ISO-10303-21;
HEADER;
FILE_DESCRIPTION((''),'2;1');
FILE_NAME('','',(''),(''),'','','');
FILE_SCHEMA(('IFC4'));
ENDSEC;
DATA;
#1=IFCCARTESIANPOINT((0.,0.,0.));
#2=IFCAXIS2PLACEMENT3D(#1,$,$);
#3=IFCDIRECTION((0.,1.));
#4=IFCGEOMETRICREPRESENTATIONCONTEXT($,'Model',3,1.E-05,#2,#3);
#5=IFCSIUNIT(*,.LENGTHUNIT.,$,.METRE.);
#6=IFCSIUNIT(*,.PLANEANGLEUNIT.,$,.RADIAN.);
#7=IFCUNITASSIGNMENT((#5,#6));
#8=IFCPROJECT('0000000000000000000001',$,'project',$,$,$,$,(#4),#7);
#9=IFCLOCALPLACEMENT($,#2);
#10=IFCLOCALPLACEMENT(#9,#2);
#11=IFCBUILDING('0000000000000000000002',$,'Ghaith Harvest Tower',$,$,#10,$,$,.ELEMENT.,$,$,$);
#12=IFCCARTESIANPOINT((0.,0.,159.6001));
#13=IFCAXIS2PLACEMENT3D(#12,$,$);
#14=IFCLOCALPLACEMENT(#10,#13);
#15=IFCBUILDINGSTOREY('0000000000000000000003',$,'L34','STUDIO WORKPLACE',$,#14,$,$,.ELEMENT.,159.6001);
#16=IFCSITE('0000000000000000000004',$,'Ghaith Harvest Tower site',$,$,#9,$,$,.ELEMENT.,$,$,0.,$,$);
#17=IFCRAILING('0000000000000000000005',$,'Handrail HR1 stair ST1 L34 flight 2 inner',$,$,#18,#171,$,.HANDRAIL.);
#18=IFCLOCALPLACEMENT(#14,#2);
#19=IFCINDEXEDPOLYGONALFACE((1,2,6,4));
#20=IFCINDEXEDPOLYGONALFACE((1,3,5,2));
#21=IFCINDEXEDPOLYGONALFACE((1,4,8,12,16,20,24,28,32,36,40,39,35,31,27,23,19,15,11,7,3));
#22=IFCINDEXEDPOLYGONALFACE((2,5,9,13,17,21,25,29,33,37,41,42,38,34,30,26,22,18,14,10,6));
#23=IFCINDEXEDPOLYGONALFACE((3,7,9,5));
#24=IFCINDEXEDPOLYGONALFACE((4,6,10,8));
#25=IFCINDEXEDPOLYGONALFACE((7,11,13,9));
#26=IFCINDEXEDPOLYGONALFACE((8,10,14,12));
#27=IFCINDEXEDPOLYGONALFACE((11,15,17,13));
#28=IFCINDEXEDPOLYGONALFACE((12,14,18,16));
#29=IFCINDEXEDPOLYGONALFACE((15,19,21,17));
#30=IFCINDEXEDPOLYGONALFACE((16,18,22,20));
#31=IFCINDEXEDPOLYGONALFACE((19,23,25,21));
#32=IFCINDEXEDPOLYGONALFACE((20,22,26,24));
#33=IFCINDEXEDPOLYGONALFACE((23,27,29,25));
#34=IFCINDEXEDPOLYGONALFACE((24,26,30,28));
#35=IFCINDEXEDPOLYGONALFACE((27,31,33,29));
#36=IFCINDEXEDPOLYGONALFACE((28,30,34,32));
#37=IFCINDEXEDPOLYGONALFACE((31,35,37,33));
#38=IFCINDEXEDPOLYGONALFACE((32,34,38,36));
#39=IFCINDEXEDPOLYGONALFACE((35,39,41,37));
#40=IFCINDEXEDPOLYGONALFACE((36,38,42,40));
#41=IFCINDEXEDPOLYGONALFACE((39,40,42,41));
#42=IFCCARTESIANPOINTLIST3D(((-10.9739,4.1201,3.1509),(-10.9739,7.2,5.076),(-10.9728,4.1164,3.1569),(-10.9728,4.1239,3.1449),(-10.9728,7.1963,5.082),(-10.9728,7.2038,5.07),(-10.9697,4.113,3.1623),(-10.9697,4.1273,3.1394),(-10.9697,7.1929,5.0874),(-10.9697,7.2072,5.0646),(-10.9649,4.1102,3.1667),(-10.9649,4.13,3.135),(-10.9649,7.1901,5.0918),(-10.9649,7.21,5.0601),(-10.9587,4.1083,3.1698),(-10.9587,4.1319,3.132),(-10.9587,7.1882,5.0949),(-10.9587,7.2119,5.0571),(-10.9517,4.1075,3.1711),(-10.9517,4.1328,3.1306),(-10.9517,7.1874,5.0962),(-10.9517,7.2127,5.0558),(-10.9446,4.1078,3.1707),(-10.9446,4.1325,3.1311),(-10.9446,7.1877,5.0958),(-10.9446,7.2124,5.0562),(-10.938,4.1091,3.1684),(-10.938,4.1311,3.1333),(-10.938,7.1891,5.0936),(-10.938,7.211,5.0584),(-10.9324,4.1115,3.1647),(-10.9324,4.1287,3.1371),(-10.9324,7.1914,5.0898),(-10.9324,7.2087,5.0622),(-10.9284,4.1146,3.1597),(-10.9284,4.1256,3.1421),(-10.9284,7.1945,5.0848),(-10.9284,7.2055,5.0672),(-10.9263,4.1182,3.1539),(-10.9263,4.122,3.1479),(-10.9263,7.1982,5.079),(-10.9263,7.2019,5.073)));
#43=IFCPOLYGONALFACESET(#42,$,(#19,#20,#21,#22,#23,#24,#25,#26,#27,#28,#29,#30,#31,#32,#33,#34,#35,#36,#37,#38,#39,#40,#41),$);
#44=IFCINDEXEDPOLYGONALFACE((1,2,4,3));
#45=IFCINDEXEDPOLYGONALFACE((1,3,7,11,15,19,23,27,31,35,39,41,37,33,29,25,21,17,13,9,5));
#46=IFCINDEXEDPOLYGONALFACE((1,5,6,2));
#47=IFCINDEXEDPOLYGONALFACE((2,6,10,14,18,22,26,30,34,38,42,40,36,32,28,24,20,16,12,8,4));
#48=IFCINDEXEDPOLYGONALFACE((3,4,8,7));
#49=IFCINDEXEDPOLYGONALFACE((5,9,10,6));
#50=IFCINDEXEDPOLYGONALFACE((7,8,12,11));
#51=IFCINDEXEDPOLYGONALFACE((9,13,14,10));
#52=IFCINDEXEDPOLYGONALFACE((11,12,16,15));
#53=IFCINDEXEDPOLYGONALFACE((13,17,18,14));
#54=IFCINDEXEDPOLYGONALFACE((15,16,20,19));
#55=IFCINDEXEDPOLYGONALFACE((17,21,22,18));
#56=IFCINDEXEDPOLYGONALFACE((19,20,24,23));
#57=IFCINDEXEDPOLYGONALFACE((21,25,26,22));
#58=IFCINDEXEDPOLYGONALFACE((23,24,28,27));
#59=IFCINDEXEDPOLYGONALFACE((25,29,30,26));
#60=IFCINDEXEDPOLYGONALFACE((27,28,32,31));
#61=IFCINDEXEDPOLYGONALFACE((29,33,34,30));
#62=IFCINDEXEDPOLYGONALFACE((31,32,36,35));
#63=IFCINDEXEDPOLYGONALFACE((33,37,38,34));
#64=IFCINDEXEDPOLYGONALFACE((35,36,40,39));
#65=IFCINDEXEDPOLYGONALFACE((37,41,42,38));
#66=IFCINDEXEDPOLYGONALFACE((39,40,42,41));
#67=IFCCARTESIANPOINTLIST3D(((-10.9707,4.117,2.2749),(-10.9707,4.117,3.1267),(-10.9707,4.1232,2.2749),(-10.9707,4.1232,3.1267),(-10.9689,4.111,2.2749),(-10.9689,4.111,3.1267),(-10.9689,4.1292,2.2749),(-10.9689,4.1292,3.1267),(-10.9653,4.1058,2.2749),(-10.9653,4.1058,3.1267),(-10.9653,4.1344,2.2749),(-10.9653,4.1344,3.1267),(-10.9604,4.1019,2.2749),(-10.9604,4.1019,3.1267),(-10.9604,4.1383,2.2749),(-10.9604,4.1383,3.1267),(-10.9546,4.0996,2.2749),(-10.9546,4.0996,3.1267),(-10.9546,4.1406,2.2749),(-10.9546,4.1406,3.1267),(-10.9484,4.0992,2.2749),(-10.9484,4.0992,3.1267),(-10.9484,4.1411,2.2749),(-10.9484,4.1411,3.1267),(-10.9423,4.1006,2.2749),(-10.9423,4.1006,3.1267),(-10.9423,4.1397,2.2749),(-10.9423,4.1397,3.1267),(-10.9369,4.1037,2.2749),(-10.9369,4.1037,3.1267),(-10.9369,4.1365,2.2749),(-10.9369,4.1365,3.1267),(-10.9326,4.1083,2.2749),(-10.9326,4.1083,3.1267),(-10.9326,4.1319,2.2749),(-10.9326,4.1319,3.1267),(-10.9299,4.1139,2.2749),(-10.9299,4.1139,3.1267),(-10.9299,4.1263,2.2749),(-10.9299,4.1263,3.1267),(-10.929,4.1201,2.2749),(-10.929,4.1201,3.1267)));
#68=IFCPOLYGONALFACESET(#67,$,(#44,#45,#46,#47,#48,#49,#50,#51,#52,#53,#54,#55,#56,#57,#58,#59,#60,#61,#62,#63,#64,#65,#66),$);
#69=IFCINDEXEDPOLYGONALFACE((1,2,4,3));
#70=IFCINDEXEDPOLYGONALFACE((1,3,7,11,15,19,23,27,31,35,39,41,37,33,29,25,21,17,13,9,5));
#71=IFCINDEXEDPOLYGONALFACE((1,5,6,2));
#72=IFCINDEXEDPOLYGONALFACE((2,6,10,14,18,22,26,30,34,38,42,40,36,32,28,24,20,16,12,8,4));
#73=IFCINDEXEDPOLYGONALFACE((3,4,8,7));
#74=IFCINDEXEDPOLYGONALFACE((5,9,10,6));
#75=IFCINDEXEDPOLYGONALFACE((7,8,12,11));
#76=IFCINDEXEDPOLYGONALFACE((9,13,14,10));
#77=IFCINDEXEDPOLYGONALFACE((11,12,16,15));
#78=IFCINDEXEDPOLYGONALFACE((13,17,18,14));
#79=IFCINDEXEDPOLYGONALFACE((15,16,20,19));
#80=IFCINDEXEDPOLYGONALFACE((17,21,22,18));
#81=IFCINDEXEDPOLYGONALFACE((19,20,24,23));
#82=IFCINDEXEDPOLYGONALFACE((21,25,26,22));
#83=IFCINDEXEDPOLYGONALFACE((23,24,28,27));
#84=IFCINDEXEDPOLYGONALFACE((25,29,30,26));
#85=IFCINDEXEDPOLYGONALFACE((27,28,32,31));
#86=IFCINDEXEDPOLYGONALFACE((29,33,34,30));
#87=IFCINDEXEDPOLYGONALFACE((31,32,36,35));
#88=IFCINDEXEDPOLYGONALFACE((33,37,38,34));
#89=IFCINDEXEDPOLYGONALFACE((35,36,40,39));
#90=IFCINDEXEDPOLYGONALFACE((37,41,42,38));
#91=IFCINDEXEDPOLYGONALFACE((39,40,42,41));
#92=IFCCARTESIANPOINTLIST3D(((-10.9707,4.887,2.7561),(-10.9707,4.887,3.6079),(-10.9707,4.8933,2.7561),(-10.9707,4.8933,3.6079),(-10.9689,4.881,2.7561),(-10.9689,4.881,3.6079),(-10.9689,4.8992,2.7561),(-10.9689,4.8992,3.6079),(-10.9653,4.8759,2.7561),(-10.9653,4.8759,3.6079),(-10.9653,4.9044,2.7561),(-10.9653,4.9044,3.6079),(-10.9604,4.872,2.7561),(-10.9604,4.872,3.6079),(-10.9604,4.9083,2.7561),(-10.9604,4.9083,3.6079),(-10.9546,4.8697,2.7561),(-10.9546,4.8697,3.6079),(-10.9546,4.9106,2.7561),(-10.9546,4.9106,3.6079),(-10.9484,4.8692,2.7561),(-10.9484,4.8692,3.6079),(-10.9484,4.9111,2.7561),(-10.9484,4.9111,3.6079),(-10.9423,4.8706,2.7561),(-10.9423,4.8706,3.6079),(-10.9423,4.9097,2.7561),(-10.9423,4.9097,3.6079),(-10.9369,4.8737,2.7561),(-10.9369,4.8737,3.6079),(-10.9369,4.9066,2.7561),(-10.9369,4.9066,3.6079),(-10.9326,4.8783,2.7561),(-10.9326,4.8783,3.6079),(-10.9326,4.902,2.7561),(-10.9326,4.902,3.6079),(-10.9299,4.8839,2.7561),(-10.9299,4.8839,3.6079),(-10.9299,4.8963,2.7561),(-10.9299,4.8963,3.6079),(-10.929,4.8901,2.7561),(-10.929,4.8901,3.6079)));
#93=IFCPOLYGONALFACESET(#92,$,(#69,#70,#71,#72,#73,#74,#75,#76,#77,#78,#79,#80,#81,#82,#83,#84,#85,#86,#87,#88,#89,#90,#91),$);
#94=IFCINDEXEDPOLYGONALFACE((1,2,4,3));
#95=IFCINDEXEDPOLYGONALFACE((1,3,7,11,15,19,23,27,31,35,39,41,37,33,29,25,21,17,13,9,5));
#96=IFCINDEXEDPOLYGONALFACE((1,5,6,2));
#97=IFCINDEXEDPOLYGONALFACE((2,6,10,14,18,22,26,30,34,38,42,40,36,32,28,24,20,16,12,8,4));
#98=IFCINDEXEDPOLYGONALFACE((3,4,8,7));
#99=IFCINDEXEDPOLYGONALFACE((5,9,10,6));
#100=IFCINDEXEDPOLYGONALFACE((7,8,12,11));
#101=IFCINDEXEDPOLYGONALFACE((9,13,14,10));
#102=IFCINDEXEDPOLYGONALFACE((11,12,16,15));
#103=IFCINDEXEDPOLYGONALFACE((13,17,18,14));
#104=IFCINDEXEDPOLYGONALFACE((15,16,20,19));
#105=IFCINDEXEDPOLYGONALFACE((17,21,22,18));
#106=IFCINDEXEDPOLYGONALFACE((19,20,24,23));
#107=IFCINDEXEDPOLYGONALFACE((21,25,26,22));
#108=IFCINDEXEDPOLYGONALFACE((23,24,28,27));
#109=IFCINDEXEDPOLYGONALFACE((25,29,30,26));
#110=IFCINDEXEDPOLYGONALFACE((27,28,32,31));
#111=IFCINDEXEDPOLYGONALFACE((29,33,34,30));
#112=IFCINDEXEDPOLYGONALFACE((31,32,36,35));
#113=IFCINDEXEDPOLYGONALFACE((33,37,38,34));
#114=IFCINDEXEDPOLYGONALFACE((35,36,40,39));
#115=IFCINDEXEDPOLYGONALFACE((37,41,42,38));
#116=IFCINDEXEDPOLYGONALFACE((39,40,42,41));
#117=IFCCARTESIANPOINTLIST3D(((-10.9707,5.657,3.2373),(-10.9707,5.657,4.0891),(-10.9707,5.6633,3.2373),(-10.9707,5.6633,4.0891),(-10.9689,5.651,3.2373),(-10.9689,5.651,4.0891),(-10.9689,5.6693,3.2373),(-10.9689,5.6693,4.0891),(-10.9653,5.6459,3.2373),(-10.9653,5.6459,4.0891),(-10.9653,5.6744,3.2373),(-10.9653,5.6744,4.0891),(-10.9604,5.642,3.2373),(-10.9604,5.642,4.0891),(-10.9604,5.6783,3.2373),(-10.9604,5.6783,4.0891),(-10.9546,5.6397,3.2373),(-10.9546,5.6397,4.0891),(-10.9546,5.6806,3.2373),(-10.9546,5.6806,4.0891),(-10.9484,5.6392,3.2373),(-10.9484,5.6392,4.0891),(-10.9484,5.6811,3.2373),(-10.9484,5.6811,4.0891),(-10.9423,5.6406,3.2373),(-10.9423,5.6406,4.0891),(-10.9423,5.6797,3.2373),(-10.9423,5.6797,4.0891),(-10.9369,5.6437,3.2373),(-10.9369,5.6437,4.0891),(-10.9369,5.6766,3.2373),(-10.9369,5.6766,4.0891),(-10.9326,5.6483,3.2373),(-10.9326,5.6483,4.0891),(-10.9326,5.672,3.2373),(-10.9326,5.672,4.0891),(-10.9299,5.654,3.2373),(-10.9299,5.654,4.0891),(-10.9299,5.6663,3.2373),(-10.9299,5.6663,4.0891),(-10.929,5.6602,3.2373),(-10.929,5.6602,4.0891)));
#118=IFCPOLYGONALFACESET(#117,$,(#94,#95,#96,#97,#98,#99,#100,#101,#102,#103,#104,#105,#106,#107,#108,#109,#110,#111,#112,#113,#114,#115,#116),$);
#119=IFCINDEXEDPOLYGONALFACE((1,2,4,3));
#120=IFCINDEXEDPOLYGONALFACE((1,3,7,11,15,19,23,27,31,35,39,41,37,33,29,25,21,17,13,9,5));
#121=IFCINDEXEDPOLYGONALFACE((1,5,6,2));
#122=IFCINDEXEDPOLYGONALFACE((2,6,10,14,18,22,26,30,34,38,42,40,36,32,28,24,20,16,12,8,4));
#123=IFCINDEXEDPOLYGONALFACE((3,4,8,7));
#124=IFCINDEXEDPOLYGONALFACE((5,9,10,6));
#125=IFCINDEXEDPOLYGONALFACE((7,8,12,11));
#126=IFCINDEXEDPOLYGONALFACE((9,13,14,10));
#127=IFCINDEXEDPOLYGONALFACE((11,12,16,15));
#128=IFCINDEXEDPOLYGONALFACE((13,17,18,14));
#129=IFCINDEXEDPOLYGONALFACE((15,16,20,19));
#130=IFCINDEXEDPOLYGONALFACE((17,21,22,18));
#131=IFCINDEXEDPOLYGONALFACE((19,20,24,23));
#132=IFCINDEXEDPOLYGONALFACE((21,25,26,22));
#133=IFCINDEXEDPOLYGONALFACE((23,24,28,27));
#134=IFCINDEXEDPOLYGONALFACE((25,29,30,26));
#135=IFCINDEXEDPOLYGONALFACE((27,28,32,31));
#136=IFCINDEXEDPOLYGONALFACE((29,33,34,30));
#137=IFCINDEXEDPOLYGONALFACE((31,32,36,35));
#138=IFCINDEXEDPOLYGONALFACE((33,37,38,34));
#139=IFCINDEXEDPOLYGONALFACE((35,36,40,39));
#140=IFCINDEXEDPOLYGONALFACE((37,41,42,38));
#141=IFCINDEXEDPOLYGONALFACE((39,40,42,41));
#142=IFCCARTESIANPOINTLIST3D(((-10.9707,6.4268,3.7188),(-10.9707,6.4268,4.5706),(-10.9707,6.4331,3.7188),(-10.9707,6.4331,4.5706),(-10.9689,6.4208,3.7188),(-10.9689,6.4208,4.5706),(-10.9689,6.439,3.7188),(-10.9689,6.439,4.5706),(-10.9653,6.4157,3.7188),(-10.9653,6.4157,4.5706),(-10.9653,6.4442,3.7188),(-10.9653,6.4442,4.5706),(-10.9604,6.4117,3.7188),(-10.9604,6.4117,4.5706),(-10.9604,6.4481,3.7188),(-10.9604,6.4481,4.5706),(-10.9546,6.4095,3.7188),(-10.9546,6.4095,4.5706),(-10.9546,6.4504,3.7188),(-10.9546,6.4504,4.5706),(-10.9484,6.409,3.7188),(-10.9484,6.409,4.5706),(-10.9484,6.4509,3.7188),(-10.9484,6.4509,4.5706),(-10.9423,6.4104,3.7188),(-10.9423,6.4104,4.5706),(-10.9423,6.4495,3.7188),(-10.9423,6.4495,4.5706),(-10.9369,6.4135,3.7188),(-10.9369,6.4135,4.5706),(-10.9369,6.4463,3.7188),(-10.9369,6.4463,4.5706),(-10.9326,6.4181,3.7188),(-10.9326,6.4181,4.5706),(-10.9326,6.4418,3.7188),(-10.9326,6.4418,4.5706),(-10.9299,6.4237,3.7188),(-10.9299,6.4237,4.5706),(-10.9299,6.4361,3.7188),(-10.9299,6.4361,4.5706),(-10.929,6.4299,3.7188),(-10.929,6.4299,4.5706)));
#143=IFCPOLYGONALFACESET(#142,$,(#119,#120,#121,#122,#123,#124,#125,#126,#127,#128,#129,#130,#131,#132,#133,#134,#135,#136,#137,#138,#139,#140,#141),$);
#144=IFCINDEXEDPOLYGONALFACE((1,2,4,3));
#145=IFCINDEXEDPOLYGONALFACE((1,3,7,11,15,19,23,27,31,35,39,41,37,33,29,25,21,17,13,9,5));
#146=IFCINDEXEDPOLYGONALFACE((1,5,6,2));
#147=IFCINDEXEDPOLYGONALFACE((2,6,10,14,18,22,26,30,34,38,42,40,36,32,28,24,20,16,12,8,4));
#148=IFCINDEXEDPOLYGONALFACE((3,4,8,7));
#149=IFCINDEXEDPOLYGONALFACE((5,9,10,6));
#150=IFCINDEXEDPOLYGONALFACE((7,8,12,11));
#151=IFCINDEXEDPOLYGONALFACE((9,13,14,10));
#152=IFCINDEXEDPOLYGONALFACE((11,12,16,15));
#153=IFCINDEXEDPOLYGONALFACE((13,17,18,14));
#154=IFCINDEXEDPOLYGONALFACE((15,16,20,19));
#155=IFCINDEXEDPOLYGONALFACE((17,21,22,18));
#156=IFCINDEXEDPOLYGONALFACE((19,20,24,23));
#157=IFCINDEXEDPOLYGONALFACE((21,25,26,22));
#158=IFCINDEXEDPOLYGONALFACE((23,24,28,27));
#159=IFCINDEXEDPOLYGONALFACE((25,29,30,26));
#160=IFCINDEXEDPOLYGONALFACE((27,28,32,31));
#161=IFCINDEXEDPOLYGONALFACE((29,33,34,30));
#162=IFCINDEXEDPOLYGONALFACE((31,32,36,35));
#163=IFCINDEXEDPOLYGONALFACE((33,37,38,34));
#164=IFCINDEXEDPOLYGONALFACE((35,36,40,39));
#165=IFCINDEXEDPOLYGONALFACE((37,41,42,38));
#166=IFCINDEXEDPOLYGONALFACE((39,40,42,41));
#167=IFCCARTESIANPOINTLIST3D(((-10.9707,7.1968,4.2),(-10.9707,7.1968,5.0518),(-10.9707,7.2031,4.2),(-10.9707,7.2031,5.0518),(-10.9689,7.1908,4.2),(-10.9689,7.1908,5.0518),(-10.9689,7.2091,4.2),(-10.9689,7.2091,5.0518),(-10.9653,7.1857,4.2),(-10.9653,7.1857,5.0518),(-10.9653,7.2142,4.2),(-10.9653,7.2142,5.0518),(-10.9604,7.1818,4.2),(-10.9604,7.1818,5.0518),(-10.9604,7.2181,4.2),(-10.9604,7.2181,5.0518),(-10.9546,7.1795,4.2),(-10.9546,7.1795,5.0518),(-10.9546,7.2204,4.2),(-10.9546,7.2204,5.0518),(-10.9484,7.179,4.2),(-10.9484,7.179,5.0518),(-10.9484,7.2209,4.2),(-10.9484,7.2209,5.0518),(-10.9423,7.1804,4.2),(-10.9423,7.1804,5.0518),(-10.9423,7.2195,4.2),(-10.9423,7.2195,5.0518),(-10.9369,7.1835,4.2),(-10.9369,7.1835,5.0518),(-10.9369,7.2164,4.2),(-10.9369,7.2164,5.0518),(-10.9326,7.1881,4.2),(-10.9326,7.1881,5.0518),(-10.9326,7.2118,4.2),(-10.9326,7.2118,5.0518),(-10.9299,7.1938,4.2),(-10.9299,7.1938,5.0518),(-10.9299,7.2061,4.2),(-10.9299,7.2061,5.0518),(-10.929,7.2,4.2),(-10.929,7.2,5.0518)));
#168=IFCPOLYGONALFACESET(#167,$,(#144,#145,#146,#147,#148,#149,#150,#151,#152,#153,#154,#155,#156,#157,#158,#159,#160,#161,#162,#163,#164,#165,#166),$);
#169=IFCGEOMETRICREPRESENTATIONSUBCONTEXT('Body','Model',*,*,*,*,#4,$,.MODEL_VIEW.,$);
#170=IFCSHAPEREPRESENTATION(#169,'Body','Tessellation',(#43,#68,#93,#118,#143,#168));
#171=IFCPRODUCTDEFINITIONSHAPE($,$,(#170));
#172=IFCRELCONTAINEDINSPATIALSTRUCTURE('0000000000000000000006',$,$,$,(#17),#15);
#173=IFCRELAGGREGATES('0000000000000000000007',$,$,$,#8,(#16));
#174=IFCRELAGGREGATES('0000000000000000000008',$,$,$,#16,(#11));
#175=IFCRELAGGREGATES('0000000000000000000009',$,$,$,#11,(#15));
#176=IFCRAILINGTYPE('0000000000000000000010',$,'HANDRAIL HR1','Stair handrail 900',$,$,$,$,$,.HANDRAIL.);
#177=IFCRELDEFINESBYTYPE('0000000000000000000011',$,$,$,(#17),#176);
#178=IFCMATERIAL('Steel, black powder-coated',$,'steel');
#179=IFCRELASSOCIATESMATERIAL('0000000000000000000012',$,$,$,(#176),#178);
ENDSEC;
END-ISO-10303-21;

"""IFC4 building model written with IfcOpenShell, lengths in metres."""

from ifc_helpers import new_model, si_unit, direction, frame, origin, origin_2d, place, context, subcontext, project, spatial, circle, extrude, material, type_object, element, save


model = new_model("IFC4")

# Units and contexts
model_context = context("Model", 3, precision=1e-05, world=origin(), true_north=direction((0.0, 1.0)))
body_context = subcontext(model_context, "Body", "Model", "MODEL_VIEW")
ifc_project = project(units=[si_unit("LENGTHUNIT", "METRE"), si_unit("PLANEANGLEUNIT", "RADIAN")], contexts=[model_context])

# Site, building, storey
site_placement = place(None, origin())
site = spatial("IfcSite", under=ifc_project, at=site_placement, Name="Ghaith Harvest Tower site", CompositionType="ELEMENT", RefElevation=0.0)
building_placement = place(site_placement, origin())
building = spatial("IfcBuilding", under=site, at=building_placement, Name="Ghaith Harvest Tower", CompositionType="ELEMENT")
storey_placement = place(building_placement, frame((0.0, 0.0, 159.6001)))
storey = spatial("IfcBuildingStorey", under=building, at=storey_placement, Name="L34", Description="STUDIO WORKPLACE", CompositionType="ELEMENT", Elevation=159.6001)

# Railing
ifc_material_1 = material(Name="Steel, black powder-coated", Category="steel")
railing_type = type_object("IfcRailingType", Name="HANDRAIL HR1", Description="Stair handrail 900", PredefinedType="HANDRAIL", material=ifc_material_1)
railing_1_placement = place(storey_placement, frame((-10.95, 4.1201, 2.2749)))
element("IfcRailing", 1, at=railing_1_placement, inside=storey, type_object=railing_type, Name="Handrail HR1 stair ST1 L34 flight 2 inner", PredefinedType="HANDRAIL", context=body_context, shape_type="SweptSolid", body=[
    extrude(circle(Radius=0.0239, at=origin_2d()), frame((0.0, 0.0, 0.876), z_axis=(0.0, 0.847979, 0.530029), x_axis=(-1.0, 0.0, 0.0)), (0.0, 0.0, 1.0), 3.6321),
    extrude(circle(Radius=0.021, at=origin_2d()), origin(), (0.0, 0.0, 1.0), 0.8518),
    extrude(circle(Radius=0.021, at=origin_2d()), frame((0.0, 0.77, 0.4812)), (0.0, 0.0, 1.0), 0.8518),
    extrude(circle(Radius=0.021, at=origin_2d()), frame((0.0, 1.54, 0.9624)), (0.0, 0.0, 1.0), 0.8518),
    extrude(circle(Radius=0.021, at=origin_2d()), frame((0.0, 2.3098, 1.4438)), (0.0, 0.0, 1.0), 0.8518),
    extrude(circle(Radius=0.021, at=origin_2d()), frame((0.0, 3.0798, 1.925)), (0.0, 0.0, 1.0), 0.8518),
])

save(model, "model.ifc")
